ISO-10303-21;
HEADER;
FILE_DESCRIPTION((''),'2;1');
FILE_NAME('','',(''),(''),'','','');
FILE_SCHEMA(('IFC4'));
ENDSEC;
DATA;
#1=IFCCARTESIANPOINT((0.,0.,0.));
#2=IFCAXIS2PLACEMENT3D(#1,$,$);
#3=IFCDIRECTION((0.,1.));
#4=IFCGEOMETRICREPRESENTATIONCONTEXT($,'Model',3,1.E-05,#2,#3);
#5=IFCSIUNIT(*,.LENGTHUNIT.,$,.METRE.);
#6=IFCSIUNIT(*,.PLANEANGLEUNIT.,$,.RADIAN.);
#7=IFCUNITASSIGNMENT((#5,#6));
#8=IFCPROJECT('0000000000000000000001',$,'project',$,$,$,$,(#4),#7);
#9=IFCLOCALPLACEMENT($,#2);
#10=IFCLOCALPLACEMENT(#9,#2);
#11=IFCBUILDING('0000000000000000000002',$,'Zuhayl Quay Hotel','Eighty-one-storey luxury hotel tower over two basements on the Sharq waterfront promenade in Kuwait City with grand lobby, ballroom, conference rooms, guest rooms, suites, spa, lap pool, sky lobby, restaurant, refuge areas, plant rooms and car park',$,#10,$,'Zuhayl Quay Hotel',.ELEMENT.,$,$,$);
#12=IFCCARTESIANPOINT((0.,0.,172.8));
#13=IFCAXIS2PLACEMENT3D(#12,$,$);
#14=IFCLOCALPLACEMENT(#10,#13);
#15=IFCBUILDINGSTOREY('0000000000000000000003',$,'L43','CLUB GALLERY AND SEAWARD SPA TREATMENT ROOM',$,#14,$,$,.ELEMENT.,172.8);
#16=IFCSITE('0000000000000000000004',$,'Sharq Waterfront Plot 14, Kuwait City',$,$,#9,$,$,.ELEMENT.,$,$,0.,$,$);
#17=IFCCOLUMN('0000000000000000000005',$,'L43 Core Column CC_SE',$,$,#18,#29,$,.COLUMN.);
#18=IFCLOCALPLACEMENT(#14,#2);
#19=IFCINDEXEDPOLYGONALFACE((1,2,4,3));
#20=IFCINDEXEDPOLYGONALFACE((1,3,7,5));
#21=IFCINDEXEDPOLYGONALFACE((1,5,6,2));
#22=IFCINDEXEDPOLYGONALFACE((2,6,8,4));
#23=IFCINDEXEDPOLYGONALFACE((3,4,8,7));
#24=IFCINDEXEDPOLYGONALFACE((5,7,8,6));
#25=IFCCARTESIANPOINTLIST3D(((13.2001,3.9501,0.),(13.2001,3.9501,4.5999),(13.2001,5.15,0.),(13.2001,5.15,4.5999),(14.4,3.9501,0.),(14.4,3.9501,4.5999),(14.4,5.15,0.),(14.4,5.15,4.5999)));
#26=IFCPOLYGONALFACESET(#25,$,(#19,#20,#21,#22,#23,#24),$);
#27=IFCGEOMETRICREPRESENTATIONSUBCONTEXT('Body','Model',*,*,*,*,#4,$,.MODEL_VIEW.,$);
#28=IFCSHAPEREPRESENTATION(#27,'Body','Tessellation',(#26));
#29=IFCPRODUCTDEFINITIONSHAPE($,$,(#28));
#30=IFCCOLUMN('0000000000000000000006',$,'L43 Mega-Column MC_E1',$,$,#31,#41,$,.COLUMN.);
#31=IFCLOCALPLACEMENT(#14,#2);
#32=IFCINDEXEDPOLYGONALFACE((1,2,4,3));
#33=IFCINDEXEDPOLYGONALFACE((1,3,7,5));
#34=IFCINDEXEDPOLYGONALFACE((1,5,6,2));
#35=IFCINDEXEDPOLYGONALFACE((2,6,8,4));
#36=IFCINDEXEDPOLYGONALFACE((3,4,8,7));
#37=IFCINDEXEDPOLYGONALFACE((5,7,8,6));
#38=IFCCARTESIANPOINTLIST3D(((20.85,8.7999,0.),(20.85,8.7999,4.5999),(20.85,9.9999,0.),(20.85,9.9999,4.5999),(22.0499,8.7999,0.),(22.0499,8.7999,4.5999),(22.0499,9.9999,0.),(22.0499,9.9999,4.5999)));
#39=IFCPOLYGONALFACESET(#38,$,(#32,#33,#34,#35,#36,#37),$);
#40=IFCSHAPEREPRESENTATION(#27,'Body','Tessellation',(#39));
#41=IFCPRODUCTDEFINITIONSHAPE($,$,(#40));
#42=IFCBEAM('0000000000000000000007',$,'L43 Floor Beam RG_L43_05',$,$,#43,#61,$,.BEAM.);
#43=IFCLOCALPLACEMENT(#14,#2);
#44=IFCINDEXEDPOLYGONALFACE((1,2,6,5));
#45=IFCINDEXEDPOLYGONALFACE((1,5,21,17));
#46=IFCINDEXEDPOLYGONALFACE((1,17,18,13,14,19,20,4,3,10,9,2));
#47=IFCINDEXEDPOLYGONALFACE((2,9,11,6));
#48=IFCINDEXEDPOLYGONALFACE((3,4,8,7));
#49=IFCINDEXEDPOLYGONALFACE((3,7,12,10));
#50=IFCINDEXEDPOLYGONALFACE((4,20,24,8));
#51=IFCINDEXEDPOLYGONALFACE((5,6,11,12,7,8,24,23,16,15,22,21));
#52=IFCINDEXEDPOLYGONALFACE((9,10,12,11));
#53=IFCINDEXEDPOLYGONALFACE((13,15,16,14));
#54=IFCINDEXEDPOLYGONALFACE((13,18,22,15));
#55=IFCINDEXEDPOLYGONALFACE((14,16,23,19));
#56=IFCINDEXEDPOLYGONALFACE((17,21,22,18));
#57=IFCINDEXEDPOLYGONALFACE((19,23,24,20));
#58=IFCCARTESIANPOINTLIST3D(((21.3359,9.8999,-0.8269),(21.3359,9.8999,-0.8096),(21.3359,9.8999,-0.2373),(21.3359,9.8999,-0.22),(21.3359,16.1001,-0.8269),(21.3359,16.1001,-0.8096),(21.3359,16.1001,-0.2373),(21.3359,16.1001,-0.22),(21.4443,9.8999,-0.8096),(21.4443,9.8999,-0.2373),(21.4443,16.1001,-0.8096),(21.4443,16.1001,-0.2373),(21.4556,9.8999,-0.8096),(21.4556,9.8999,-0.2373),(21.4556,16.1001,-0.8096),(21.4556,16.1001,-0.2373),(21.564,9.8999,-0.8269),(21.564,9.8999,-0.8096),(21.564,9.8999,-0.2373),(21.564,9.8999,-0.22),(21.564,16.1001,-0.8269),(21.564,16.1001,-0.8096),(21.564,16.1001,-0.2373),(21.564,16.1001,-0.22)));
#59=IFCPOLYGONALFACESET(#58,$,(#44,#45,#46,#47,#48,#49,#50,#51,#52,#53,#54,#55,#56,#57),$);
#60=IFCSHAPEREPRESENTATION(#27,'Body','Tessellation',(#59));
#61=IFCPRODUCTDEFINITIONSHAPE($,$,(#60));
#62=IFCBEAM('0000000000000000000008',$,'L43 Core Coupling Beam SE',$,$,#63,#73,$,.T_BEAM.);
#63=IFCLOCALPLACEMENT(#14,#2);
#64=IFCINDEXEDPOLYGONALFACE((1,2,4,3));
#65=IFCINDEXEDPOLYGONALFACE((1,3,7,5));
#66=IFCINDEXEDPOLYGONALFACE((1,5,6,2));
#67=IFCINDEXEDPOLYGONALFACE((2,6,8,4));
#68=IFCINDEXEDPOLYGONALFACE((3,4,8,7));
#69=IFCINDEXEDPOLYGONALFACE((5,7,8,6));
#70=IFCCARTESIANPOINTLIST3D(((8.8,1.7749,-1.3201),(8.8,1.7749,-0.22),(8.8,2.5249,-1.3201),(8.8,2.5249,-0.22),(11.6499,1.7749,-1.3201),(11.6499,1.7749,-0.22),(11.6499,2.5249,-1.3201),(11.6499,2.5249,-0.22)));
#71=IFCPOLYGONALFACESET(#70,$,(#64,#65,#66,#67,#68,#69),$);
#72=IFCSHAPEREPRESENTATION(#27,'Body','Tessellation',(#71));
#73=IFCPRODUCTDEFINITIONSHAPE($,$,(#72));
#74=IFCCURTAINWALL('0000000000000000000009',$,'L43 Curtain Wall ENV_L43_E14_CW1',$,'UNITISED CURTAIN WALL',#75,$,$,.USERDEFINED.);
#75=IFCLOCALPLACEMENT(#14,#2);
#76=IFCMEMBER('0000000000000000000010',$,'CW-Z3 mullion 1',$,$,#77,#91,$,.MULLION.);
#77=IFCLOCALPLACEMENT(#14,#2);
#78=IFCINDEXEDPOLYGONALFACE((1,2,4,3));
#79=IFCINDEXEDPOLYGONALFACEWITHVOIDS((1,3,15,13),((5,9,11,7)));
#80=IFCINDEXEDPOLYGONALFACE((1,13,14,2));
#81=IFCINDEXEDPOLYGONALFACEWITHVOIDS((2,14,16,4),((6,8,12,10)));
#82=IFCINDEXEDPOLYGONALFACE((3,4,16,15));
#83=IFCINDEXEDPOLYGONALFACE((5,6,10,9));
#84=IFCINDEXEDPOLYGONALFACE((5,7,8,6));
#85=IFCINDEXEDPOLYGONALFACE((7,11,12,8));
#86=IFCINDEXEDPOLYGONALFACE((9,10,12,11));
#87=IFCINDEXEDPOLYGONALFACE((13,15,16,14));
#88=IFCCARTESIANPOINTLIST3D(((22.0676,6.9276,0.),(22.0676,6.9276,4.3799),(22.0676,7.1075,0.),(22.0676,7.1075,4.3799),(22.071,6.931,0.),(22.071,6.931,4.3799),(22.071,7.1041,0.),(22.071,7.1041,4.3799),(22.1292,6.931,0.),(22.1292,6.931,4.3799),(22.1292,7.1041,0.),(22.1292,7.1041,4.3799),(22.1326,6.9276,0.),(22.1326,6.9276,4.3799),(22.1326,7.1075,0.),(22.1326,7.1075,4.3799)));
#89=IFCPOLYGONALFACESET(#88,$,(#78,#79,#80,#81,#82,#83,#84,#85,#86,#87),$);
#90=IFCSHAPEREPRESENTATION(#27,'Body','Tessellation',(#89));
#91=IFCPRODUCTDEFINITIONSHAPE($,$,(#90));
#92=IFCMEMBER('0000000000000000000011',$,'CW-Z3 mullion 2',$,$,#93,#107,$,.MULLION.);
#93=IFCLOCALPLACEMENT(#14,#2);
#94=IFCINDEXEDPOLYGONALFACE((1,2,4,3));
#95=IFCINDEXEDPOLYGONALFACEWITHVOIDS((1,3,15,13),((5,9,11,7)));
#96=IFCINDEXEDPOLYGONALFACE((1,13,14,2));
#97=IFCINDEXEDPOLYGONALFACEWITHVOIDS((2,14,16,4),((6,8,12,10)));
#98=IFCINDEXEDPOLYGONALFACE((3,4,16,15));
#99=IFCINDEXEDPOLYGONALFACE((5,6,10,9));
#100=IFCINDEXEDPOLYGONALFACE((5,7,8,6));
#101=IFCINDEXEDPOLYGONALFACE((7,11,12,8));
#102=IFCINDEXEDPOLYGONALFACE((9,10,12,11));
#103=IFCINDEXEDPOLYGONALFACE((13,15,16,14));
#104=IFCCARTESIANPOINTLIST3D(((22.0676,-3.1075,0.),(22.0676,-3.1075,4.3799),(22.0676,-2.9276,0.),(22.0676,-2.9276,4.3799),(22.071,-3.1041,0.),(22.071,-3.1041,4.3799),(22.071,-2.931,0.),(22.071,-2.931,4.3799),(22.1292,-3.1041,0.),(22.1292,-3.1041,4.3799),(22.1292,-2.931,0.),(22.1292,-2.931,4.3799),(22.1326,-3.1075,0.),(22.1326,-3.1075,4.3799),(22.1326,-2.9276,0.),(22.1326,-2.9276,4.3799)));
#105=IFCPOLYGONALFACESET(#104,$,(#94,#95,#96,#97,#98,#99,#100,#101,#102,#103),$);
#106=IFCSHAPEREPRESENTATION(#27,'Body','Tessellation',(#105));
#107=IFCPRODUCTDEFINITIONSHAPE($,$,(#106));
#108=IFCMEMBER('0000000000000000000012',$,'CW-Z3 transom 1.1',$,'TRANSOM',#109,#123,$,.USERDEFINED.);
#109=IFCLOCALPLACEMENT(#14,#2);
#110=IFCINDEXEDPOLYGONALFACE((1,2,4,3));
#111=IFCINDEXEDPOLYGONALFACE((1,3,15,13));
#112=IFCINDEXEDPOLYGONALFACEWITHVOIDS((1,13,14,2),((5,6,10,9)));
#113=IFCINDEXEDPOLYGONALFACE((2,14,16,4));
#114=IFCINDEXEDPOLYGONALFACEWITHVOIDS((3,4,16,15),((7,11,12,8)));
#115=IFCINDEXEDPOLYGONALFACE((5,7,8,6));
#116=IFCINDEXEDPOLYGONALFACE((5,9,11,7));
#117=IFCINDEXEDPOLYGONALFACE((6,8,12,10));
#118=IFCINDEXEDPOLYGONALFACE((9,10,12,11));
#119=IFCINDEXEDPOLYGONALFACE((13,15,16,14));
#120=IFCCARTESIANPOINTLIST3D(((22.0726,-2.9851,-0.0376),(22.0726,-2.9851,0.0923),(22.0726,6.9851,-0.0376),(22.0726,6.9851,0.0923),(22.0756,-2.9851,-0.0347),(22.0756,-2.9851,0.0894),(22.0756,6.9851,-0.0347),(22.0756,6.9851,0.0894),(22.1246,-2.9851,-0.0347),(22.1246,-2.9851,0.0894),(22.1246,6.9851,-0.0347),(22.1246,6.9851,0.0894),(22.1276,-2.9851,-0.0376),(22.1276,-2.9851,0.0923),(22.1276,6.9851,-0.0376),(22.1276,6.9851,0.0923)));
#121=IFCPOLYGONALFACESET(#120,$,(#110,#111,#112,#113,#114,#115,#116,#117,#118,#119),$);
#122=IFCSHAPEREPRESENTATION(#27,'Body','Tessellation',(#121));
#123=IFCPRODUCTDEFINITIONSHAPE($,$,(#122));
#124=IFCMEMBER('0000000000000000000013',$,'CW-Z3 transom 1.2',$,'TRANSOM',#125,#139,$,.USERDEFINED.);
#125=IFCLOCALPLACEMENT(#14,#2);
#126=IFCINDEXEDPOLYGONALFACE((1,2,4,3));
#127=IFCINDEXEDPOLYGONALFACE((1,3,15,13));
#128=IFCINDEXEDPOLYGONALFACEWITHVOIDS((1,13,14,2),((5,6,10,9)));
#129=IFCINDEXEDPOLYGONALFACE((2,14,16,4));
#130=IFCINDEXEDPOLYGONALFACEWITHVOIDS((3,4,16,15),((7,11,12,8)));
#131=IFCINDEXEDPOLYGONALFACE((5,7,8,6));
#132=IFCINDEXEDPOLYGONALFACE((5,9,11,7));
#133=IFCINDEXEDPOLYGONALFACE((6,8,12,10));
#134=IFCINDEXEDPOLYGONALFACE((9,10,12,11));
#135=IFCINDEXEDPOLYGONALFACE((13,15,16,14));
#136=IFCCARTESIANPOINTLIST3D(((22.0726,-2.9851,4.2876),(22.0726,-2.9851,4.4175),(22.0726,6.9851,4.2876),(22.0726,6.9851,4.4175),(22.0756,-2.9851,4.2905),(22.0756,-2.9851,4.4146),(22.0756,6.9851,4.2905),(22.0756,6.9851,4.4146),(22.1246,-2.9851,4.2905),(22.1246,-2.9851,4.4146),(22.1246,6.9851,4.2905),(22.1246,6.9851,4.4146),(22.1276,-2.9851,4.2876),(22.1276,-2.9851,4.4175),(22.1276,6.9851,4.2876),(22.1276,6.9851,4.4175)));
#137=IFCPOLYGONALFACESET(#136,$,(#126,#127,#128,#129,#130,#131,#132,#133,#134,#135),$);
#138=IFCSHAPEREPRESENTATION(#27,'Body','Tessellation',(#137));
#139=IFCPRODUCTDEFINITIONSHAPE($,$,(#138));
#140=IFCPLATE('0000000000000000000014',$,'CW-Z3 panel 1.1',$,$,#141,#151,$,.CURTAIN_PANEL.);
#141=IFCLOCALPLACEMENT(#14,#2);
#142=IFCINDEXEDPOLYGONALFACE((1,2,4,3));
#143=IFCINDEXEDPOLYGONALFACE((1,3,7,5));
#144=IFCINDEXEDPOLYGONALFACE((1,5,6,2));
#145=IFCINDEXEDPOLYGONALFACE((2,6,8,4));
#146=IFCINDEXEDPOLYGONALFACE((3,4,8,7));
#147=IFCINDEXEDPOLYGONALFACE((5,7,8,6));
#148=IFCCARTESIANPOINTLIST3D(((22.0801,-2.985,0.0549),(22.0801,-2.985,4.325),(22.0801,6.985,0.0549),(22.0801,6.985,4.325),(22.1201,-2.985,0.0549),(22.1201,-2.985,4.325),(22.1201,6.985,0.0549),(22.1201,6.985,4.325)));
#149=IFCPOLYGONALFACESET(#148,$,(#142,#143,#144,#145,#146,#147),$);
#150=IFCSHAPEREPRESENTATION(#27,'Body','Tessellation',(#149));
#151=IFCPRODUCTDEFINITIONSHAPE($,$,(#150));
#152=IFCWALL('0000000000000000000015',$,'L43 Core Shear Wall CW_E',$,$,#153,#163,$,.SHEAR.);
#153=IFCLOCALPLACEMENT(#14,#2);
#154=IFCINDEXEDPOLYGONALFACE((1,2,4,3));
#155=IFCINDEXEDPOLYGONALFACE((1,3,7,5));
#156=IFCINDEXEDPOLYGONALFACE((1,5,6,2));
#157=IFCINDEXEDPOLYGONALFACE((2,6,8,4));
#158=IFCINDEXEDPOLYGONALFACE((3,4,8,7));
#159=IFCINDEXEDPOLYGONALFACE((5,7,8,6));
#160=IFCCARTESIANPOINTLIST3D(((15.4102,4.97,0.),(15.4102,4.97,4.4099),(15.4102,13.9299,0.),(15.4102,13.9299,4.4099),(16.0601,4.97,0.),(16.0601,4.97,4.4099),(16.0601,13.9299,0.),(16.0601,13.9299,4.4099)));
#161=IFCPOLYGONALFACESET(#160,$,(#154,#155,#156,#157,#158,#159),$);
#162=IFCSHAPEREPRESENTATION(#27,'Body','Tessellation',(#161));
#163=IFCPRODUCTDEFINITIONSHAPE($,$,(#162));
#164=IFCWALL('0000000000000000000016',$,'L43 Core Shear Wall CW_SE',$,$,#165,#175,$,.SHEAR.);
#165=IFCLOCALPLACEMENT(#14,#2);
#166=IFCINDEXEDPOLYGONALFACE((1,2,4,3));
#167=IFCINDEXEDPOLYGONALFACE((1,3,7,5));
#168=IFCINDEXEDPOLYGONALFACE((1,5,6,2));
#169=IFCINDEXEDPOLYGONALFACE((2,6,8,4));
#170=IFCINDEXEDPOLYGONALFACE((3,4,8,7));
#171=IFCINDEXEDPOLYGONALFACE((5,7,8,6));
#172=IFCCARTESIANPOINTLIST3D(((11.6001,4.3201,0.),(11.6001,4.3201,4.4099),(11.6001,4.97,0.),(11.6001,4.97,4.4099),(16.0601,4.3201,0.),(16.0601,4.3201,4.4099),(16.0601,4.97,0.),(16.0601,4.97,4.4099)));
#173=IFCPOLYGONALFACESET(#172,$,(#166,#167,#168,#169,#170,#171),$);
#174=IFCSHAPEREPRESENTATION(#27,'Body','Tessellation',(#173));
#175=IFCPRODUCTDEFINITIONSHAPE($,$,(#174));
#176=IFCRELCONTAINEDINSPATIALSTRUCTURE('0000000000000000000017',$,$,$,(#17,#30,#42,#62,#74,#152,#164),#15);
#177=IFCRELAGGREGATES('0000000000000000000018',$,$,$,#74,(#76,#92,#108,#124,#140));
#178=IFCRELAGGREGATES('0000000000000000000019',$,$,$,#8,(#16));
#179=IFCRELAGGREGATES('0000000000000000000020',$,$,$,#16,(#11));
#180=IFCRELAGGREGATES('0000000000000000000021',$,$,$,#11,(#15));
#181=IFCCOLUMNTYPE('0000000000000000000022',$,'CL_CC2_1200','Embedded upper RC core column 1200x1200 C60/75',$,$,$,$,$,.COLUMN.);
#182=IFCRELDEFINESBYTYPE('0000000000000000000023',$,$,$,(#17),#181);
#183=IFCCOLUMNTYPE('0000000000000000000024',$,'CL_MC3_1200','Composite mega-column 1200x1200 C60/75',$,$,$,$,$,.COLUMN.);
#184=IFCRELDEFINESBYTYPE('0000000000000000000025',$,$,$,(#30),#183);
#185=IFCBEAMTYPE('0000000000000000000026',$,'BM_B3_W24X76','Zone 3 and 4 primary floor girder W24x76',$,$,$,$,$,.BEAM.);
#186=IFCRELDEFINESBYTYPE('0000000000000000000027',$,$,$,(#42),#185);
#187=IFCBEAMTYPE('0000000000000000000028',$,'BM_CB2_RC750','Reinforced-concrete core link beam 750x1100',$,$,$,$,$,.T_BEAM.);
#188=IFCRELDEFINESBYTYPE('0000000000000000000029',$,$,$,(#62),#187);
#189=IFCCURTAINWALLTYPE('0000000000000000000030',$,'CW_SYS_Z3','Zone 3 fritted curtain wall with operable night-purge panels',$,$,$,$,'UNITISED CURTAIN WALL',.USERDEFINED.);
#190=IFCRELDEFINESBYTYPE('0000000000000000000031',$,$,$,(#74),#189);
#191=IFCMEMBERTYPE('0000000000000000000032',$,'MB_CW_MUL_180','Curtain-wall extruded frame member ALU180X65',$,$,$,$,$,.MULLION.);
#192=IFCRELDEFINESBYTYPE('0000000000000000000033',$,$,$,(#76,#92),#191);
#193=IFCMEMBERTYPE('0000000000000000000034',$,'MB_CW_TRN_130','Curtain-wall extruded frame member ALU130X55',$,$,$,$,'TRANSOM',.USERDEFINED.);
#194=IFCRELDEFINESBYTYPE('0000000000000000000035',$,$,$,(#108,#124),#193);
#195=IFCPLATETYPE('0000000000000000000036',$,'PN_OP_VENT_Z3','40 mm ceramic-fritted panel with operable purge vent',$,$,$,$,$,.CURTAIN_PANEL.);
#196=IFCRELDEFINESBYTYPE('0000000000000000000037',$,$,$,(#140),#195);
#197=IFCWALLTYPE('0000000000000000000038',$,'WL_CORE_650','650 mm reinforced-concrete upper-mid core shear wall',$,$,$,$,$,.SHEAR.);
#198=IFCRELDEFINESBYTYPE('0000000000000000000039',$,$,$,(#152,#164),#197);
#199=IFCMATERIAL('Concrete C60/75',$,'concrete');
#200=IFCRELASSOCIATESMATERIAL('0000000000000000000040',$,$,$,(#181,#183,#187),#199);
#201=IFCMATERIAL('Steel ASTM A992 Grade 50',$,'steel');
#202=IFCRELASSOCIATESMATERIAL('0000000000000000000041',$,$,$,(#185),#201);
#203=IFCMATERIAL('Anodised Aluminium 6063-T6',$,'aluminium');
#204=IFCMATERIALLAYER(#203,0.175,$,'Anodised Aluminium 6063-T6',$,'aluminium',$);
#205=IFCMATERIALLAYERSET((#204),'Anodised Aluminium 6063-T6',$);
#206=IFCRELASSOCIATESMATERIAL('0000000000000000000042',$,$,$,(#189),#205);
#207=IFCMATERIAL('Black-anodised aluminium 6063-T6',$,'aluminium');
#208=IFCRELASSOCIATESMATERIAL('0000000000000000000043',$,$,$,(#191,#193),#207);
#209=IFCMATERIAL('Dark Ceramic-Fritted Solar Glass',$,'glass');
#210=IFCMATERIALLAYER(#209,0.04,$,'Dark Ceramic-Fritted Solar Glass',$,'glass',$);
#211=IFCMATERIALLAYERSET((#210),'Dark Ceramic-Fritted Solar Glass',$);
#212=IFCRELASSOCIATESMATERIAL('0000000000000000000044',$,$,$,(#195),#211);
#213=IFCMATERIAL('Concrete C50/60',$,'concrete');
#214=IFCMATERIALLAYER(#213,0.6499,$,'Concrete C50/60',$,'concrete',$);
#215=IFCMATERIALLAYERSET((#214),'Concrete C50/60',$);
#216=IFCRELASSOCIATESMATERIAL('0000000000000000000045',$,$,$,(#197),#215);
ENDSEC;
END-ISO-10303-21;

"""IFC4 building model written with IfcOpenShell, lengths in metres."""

from ifc_helpers import new_model, si_unit, direction, frame, frame_2d, origin, origin_2d, place, context, subcontext, project, spatial, rectangle, hollow_rectangle, i_section, extrude, material, layer, layer_set, material_profile, profile_set, type_object, element, aggregate, save


model = new_model("IFC4")

# Units and contexts
model_context = context("Model", 3, precision=1e-05, world=origin(), true_north=direction((0.0, 1.0)))
body_context = subcontext(model_context, "Body", "Model", "MODEL_VIEW")
ifc_project = project(units=[si_unit("LENGTHUNIT", "METRE"), si_unit("PLANEANGLEUNIT", "RADIAN")], contexts=[model_context])

# Site, building, storey
site_placement = place(None, origin())
site = spatial("IfcSite", under=ifc_project, at=site_placement, Name="Sharq Waterfront Plot 14, Kuwait City", CompositionType="ELEMENT", RefElevation=0.0)
building_placement = place(site_placement, origin())
building = spatial("IfcBuilding", under=site, at=building_placement, Name="Zuhayl Quay Hotel", Description="Eighty-one-storey luxury hotel tower over two basements on the Sharq waterfront promenade in Kuwait City with grand lobby, ballroom, conference rooms, guest rooms, suites, spa, lap pool, sky lobby, restaurant, refuge areas, plant rooms and car park", LongName="Zuhayl Quay Hotel", CompositionType="ELEMENT")
storey_placement = place(building_placement, frame((0.0, 0.0, 172.8)))
storey = spatial("IfcBuildingStorey", under=building, at=storey_placement, Name="L43", Description="CLUB GALLERY AND SEAWARD SPA TREATMENT ROOM", CompositionType="ELEMENT", Elevation=172.8)

# Columns
ifc_material_1 = material(Name="Concrete C60/75", Category="concrete")
ifc_material_profile_1 = material_profile(ifc_material_1, rectangle(XDim=1.2, YDim=1.2, at=origin_2d()), Name="RC1200X1200")
ifc_profile_set_1 = profile_set([ifc_material_profile_1], Name="Concrete C60/75")
column_type_1 = type_object("IfcColumnType", Name="CL_CC2_1200", Description="Embedded upper RC core column 1200x1200 C60/75", PredefinedType="COLUMN", material=ifc_profile_set_1)
column_1_placement = place(storey_placement, frame((13.8, 4.55, 0.0), z_axis=(0.0, 0.0, 1.0), x_axis=(1.0, 0.0, 0.0)))
element("IfcColumn", 1, at=column_1_placement, inside=storey, type_object=column_type_1, Name="L43 Core Column CC_SE", PredefinedType="COLUMN", context=body_context, shape_type="SweptSolid", body=[
    extrude(rectangle(XDim=1.2, YDim=1.2, at=origin_2d()), origin(), (0.0, 0.0, 1.0), 4.5999),
])
ifc_material_profile_2 = material_profile(ifc_material_1, rectangle(XDim=1.2, YDim=1.2, at=origin_2d()), Name="RC1200X1200")
ifc_profile_set_2 = profile_set([ifc_material_profile_2], Name="Concrete C60/75")
column_type_2 = type_object("IfcColumnType", Name="CL_MC3_1200", Description="Composite mega-column 1200x1200 C60/75", PredefinedType="COLUMN", material=ifc_profile_set_2)
column_2_placement = place(storey_placement, frame((21.45, 9.3999, 0.0), z_axis=(0.0, 0.0, 1.0), x_axis=(1.0, 0.0, 0.0)))
element("IfcColumn", 2, at=column_2_placement, inside=storey, type_object=column_type_2, Name="L43 Mega-Column MC_E1", PredefinedType="COLUMN", context=body_context, shape_type="SweptSolid", body=[
    extrude(rectangle(XDim=1.2, YDim=1.2, at=origin_2d()), origin(), (0.0, 0.0, 1.0), 4.5999),
])

# Beams
ifc_material_2 = material(Name="Steel ASTM A992 Grade 50", Category="steel")
ifc_material_profile_3 = material_profile(ifc_material_2, i_section(OverallWidth=0.228, OverallDepth=0.6069, WebThickness=0.0112, FlangeThickness=0.0173, at=origin_2d()), Name="W24X76")
ifc_profile_set_3 = profile_set([ifc_material_profile_3], Name="Steel ASTM A992 Grade 50")
beam_type_1 = type_object("IfcBeamType", Name="BM_B3_W24X76", Description="Zone 3 and 4 primary floor girder W24x76", PredefinedType="BEAM", material=ifc_profile_set_3)
beam_1_placement = place(storey_placement, frame((21.45, 9.8999, -0.5234), z_axis=(0.0, 1.0, 0.0), x_axis=(-1.0, 0.0, 0.0)))
element("IfcBeam", 3, at=beam_1_placement, inside=storey, type_object=beam_type_1, Name="L43 Floor Beam RG_L43_05", PredefinedType="BEAM", context=body_context, shape_type="SweptSolid", body=[
    extrude(i_section(OverallWidth=0.228, OverallDepth=0.6069, WebThickness=0.0112, FlangeThickness=0.0173, at=origin_2d()), origin(), (0.0, 0.0, 1.0), 6.2002),
])
ifc_material_profile_4 = material_profile(ifc_material_1, rectangle(XDim=0.75, YDim=1.1001, at=origin_2d()), Name="RC750X1100")
ifc_profile_set_4 = profile_set([ifc_material_profile_4], Name="Concrete C60/75")
beam_type_2 = type_object("IfcBeamType", Name="BM_CB2_RC750", Description="Reinforced-concrete core link beam 750x1100", PredefinedType="T_BEAM", material=ifc_profile_set_4)
beam_2_placement = place(storey_placement, frame((8.8, 2.1499, -0.77), z_axis=(1.0, 0.0, 0.0), x_axis=(0.0, 1.0, 0.0)))
element("IfcBeam", 4, at=beam_2_placement, inside=storey, type_object=beam_type_2, Name="L43 Core Coupling Beam SE", PredefinedType="T_BEAM", context=body_context, shape_type="SweptSolid", body=[
    extrude(rectangle(XDim=0.75, YDim=1.1001, at=origin_2d()), origin(), (0.0, 0.0, 1.0), 2.8499),
])

# Curtain wall, members, plate
ifc_material_3 = material(Name="Anodised Aluminium 6063-T6", Category="aluminium")
ifc_layer_1 = layer(ifc_material_3, 0.175, Name="Anodised Aluminium 6063-T6", Category="aluminium")
ifc_layer_set_1 = layer_set([ifc_layer_1], Name="Anodised Aluminium 6063-T6")
curtain_wall_type = type_object("IfcCurtainWallType", Name="CW_SYS_Z3", Description="Zone 3 fritted curtain wall with operable night-purge panels", ElementType="UNITISED CURTAIN WALL", PredefinedType="USERDEFINED", material=ifc_layer_set_1)
curtain_wall_placement = place(storey_placement, origin())
curtain_wall = element("IfcCurtainWall", 5, at=curtain_wall_placement, inside=storey, type_object=curtain_wall_type, Name="L43 Curtain Wall ENV_L43_E14_CW1", ObjectType="UNITISED CURTAIN WALL", PredefinedType="USERDEFINED")
ifc_material_4 = material(Name="Black-anodised aluminium 6063-T6", Category="aluminium")
ifc_material_profile_5 = material_profile(ifc_material_4, hollow_rectangle(XDim=0.0649, YDim=0.1799, WallThickness=0.0034, at=origin_2d()), Name="ALU180X65")
ifc_profile_set_5 = profile_set([ifc_material_profile_5], Name="Black-anodised aluminium 6063-T6")
member_type_1 = type_object("IfcMemberType", Name="MB_CW_MUL_180", Description="Curtain-wall extruded frame member ALU180X65", PredefinedType="MULLION", material=ifc_profile_set_5)
member_1_placement = place(storey_placement, frame((22.1001, 7.0176, 0.0), z_axis=(0.0, 0.0, 1.0), x_axis=(1.0, 0.0, 0.0)))
member_1 = element("IfcMember", 6, at=member_1_placement, type_object=member_type_1, Name="CW-Z3 mullion 1", PredefinedType="MULLION", context=body_context, shape_type="SweptSolid", body=[
    extrude(hollow_rectangle(XDim=0.0649, YDim=0.1799, WallThickness=0.0034, at=origin_2d()), origin(), (0.0, 0.0, 1.0), 4.3799),
])
member_2_placement = place(storey_placement, frame((22.1001, -3.0176, 0.0), z_axis=(0.0, 0.0, 1.0), x_axis=(1.0, 0.0, 0.0)))
member_2 = element("IfcMember", 7, at=member_2_placement, type_object=member_type_1, Name="CW-Z3 mullion 2", PredefinedType="MULLION", context=body_context, shape_type="SweptSolid", body=[
    extrude(hollow_rectangle(XDim=0.0649, YDim=0.1799, WallThickness=0.0034, at=origin_2d()), origin(), (0.0, 0.0, 1.0), 4.3799),
])
ifc_material_profile_6 = material_profile(ifc_material_4, hollow_rectangle(XDim=0.0549, YDim=0.1299, WallThickness=0.0029, at=origin_2d()), Name="ALU130X55")
ifc_profile_set_6 = profile_set([ifc_material_profile_6], Name="Black-anodised aluminium 6063-T6")
member_type_2 = type_object("IfcMemberType", Name="MB_CW_TRN_130", Description="Curtain-wall extruded frame member ALU130X55", ElementType="TRANSOM", PredefinedType="USERDEFINED", material=ifc_profile_set_6)
member_3_placement = place(storey_placement, frame((22.1001, 6.9851, 0.0273), z_axis=(0.0, -1.0, 0.0), x_axis=(1.0, 0.0, 0.0)))
member_3 = element("IfcMember", 8, at=member_3_placement, type_object=member_type_2, Name="CW-Z3 transom 1.1", ObjectType="TRANSOM", PredefinedType="USERDEFINED", context=body_context, shape_type="SweptSolid", body=[
    extrude(hollow_rectangle(XDim=0.0549, YDim=0.1299, WallThickness=0.0029, at=origin_2d()), origin(), (0.0, 0.0, 1.0), 9.9702),
])
member_4_placement = place(storey_placement, frame((22.1001, 6.9851, 4.3525), z_axis=(0.0, -1.0, 0.0), x_axis=(1.0, 0.0, 0.0)))
member_4 = element("IfcMember", 9, at=member_4_placement, type_object=member_type_2, Name="CW-Z3 transom 1.2", ObjectType="TRANSOM", PredefinedType="USERDEFINED", context=body_context, shape_type="SweptSolid", body=[
    extrude(hollow_rectangle(XDim=0.0549, YDim=0.1299, WallThickness=0.0029, at=origin_2d()), origin(), (0.0, 0.0, 1.0), 9.9702),
])
ifc_material_5 = material(Name="Dark Ceramic-Fritted Solar Glass", Category="glass")
ifc_layer_2 = layer(ifc_material_5, 0.04, Name="Dark Ceramic-Fritted Solar Glass", Category="glass")
ifc_layer_set_2 = layer_set([ifc_layer_2], Name="Dark Ceramic-Fritted Solar Glass")
plate_type = type_object("IfcPlateType", Name="PN_OP_VENT_Z3", Description="40 mm ceramic-fritted panel with operable purge vent", PredefinedType="CURTAIN_PANEL", material=ifc_layer_set_2)
plate_placement = place(storey_placement, frame((22.1001, 2.0, 0.0549), z_axis=(0.0, 0.0, 1.0), x_axis=(0.0, -1.0, 0.0)))
plate = element("IfcPlate", 10, at=plate_placement, type_object=plate_type, Name="CW-Z3 panel 1.1", PredefinedType="CURTAIN_PANEL", context=body_context, shape_type="SweptSolid", body=[
    extrude(rectangle(XDim=9.97, YDim=0.04, at=origin_2d()), origin(), (0.0, 0.0, 1.0), 4.27),
])
aggregate(curtain_wall, [member_1, member_2, member_3, member_4, plate])

# Walls
ifc_material_6 = material(Name="Concrete C50/60", Category="concrete")
ifc_layer_3 = layer(ifc_material_6, 0.6499, Name="Concrete C50/60", Category="concrete")
ifc_layer_set_3 = layer_set([ifc_layer_3], Name="Concrete C50/60")
wall_type_1 = type_object("IfcWallType", Name="WL_CORE_650", Description="650 mm reinforced-concrete upper-mid core shear wall", PredefinedType="SHEAR", material=ifc_layer_set_3)
wall_1_placement = place(storey_placement, frame((15.7351, 4.97, 0.0), z_axis=(0.0, 0.0, 1.0), x_axis=(0.0, 1.0, 0.0)))
element("IfcWall", 11, at=wall_1_placement, inside=storey, type_object=wall_type_1, Name="L43 Core Shear Wall CW_E", PredefinedType="SHEAR", context=body_context, shape_type="SweptSolid", body=[
    extrude(rectangle(XDim=8.96, YDim=0.6499, at=frame_2d((4.48, 0.0))), origin(), (0.0, 0.0, 1.0), 4.4099),
])
wall_2_placement = place(storey_placement, frame((11.6001, 4.645, 0.0), z_axis=(0.0, 0.0, 1.0), x_axis=(1.0, 0.0, 0.0)))
element("IfcWall", 12, at=wall_2_placement, inside=storey, type_object=wall_type_1, Name="L43 Core Shear Wall CW_SE", PredefinedType="SHEAR", context=body_context, shape_type="SweptSolid", body=[
    extrude(rectangle(XDim=4.46, YDim=0.6499, at=frame_2d((2.23, 0.0))), origin(), (0.0, 0.0, 1.0), 4.4099),
])

save(model, "model.ifc")
